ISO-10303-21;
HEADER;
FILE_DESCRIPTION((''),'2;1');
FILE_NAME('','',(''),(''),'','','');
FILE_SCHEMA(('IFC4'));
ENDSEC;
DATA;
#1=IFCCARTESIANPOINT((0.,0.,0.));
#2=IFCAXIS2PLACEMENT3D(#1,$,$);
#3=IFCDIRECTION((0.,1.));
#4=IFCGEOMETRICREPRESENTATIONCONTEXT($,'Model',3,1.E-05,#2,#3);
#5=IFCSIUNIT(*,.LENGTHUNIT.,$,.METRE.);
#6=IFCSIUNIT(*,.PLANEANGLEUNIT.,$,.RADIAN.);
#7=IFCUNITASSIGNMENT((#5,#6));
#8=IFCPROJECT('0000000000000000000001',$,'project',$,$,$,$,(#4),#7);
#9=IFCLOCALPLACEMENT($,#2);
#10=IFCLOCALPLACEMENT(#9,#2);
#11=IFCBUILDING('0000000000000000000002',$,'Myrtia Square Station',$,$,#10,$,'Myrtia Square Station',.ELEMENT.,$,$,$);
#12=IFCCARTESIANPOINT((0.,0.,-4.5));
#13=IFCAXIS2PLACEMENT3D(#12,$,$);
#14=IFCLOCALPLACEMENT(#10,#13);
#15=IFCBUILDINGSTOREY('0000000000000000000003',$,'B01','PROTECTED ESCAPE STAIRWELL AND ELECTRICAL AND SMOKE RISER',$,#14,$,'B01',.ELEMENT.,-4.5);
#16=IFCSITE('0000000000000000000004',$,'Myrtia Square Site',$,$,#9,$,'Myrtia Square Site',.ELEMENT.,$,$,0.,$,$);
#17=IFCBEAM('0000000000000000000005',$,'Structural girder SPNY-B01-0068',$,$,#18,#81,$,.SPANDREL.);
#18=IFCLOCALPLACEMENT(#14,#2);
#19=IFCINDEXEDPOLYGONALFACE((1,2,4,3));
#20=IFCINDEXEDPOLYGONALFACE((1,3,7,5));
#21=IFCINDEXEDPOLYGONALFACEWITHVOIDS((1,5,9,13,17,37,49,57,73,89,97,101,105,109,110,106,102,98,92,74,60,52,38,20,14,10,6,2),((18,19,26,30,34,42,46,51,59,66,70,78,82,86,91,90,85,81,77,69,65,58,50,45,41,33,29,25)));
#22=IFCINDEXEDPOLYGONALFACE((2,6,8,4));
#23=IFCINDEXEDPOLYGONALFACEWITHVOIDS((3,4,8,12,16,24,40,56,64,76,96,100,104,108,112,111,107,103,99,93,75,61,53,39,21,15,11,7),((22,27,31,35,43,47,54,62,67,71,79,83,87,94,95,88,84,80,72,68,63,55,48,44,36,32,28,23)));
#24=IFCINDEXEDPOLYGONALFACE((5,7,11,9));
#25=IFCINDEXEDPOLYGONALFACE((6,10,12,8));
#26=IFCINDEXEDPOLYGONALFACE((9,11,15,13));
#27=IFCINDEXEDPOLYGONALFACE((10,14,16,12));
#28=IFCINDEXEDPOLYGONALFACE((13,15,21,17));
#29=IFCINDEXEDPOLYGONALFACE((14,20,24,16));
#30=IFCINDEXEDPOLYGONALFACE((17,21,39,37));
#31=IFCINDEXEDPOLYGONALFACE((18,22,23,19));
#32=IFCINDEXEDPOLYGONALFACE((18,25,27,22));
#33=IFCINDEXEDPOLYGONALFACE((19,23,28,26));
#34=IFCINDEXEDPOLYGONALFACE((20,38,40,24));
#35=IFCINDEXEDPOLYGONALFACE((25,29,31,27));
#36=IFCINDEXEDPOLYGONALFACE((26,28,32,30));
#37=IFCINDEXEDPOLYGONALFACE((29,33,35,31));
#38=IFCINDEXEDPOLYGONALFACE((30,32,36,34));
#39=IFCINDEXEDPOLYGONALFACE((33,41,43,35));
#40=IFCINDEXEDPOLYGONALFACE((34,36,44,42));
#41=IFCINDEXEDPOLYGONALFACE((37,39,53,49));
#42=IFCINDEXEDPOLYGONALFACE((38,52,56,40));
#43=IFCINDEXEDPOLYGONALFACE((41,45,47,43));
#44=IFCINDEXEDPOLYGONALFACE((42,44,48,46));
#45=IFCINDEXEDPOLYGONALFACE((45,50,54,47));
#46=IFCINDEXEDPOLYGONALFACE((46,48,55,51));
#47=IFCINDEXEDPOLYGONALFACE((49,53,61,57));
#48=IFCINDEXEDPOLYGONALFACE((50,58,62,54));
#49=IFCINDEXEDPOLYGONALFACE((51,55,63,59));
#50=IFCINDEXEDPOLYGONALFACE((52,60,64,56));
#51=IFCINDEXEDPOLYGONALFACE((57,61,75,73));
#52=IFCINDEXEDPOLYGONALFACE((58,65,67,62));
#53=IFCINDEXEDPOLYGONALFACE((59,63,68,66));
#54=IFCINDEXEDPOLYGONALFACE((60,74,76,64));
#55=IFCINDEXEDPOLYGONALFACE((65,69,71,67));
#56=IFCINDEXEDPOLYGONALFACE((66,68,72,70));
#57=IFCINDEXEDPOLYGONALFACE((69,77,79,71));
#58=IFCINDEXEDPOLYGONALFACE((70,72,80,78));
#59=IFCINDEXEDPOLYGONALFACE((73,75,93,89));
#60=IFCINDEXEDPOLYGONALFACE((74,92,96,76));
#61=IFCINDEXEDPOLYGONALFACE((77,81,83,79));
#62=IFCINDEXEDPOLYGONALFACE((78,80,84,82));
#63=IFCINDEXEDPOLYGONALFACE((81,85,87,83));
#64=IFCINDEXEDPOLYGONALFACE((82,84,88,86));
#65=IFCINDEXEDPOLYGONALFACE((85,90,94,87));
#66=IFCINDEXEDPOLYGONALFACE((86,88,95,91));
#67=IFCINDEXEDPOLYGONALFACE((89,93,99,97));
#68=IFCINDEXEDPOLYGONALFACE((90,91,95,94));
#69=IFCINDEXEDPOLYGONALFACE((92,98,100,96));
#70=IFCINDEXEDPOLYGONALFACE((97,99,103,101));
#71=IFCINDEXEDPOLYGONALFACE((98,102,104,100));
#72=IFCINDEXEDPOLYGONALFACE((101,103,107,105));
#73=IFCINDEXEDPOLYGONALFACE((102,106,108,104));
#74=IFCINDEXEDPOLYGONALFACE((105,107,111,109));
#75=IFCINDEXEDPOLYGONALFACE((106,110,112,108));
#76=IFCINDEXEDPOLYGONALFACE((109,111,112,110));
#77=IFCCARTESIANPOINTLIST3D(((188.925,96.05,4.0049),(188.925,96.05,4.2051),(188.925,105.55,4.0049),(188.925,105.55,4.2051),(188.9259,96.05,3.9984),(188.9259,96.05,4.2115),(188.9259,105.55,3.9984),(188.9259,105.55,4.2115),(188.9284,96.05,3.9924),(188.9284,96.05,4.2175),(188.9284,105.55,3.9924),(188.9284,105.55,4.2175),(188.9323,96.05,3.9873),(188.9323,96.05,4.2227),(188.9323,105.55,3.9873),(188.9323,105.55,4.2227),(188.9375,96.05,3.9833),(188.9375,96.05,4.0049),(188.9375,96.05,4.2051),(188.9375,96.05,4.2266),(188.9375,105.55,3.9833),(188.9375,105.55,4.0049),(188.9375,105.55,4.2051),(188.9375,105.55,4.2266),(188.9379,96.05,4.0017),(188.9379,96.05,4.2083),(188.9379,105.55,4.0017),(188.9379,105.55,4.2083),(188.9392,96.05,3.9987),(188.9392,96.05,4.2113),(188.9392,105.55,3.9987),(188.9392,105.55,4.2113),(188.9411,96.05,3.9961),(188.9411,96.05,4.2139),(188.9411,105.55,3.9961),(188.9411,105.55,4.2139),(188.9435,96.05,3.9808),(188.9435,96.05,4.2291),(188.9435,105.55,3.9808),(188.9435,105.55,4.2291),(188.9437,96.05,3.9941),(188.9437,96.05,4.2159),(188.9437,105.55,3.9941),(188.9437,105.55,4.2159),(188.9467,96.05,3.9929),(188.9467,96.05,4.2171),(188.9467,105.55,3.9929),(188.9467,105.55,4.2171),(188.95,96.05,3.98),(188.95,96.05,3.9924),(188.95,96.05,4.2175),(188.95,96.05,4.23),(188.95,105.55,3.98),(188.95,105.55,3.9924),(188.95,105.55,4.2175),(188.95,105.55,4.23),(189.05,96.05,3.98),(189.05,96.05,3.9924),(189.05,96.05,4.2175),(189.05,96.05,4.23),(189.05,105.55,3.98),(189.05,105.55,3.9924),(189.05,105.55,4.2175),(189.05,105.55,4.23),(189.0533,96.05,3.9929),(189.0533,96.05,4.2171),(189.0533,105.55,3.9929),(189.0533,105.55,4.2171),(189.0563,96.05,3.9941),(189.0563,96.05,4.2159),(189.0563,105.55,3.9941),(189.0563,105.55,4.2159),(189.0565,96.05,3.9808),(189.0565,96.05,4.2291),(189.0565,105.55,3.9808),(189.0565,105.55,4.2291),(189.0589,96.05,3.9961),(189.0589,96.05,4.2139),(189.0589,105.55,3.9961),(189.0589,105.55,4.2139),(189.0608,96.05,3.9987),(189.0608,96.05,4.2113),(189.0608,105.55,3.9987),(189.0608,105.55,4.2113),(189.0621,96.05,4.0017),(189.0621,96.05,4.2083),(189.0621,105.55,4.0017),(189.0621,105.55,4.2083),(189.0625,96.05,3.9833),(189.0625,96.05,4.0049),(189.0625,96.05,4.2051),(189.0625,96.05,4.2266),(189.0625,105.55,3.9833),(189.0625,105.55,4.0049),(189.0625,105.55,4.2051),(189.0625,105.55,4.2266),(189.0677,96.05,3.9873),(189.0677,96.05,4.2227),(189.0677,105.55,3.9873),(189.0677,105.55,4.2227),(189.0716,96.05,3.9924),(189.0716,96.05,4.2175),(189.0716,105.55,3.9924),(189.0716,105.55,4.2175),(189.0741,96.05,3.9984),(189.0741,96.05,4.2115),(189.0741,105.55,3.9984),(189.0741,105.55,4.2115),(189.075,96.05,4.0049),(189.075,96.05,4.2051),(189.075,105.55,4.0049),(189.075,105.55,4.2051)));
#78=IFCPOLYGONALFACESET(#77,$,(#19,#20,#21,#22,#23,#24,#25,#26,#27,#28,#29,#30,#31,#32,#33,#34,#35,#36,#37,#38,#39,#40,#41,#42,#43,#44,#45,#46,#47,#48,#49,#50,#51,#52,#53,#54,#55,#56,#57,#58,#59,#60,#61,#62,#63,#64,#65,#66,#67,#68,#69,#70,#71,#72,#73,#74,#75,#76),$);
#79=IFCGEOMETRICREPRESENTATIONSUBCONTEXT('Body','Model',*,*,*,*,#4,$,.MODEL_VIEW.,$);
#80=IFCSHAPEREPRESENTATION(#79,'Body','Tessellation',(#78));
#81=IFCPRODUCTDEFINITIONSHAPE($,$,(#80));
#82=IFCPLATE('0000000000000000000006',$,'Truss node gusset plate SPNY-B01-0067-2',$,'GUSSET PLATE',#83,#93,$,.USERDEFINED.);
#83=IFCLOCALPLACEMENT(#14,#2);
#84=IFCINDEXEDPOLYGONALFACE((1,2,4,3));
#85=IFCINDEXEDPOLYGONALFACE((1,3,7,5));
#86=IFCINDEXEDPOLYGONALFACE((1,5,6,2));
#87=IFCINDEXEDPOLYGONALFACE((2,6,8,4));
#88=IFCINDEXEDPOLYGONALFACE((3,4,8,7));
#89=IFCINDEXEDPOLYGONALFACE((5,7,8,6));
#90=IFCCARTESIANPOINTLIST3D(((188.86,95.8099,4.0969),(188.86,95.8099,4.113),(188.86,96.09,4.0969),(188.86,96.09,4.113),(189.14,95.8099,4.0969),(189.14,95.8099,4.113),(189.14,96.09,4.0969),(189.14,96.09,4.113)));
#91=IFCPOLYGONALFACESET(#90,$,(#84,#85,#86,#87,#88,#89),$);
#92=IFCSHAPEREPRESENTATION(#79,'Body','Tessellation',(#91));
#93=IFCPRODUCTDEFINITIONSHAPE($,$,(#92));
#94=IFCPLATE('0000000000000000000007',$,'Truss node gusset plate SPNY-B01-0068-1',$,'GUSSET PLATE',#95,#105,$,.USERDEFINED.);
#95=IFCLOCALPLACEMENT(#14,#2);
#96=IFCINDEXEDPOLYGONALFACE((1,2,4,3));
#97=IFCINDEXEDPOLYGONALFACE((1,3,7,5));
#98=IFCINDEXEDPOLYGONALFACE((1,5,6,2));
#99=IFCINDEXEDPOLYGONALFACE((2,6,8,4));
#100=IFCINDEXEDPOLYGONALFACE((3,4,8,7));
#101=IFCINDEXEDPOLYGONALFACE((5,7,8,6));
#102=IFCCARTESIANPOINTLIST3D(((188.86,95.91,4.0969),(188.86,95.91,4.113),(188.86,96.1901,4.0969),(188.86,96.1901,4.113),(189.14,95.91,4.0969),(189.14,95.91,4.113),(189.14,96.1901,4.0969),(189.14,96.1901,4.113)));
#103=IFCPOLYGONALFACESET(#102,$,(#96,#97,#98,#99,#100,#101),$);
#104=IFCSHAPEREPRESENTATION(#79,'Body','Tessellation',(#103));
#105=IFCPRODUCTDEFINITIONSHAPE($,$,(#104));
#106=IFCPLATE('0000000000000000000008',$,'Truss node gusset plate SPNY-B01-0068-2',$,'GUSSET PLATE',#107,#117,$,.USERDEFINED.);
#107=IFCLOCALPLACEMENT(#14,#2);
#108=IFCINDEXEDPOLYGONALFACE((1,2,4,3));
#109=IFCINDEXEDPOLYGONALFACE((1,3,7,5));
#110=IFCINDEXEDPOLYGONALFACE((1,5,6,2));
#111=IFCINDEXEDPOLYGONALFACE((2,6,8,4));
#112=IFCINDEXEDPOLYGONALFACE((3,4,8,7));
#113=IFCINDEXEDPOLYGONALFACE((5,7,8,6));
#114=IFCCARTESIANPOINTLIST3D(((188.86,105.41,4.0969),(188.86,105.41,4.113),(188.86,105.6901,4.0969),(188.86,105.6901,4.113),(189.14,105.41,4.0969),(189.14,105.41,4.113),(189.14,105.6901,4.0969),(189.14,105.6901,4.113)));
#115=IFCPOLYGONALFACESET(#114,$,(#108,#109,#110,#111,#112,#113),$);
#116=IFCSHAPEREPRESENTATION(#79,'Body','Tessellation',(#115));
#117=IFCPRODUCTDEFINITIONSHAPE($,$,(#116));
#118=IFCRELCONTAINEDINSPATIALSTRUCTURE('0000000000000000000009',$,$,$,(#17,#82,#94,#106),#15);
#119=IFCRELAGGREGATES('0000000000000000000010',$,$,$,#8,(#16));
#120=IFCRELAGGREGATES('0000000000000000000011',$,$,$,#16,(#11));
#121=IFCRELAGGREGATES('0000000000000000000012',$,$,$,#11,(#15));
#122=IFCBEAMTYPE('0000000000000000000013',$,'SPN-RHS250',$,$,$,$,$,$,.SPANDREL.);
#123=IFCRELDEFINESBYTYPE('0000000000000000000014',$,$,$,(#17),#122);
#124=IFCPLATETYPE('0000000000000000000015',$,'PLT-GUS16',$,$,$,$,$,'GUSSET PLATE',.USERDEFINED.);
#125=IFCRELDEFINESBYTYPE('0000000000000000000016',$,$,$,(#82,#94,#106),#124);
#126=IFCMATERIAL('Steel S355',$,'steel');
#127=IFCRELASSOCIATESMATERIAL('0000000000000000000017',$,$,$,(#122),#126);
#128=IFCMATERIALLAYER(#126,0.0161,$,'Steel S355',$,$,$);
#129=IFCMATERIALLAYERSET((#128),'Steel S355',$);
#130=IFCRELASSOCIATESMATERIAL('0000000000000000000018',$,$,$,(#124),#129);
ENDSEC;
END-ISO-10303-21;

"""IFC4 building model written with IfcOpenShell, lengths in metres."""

from ifc_helpers import new_model, si_unit, direction, frame, origin, origin_2d, place, context, subcontext, project, spatial, rectangle, hollow_rectangle, extrude, material, layer, layer_set, material_profile, profile_set, type_object, element, save


model = new_model("IFC4")

# Units and contexts
model_context = context("Model", 3, precision=1e-05, world=origin(), true_north=direction((0.0, 1.0)))
body_context = subcontext(model_context, "Body", "Model", "MODEL_VIEW")
ifc_project = project(units=[si_unit("LENGTHUNIT", "METRE"), si_unit("PLANEANGLEUNIT", "RADIAN")], contexts=[model_context])

# Site, building, storey
site_placement = place(None, origin())
site = spatial("IfcSite", under=ifc_project, at=site_placement, Name="Myrtia Square Site", LongName="Myrtia Square Site", CompositionType="ELEMENT", RefElevation=0.0)
building_placement = place(site_placement, origin())
building = spatial("IfcBuilding", under=site, at=building_placement, Name="Myrtia Square Station", LongName="Myrtia Square Station", CompositionType="ELEMENT")
storey_placement = place(building_placement, frame((0.0, 0.0, -4.5)))
storey = spatial("IfcBuildingStorey", under=building, at=storey_placement, Name="B01", Description="PROTECTED ESCAPE STAIRWELL AND ELECTRICAL AND SMOKE RISER", LongName="B01", CompositionType="ELEMENT", Elevation=-4.5)

# Shared definitions
ifc_material_1 = material(Name="Steel S355", Category="steel")

# Beam
ifc_material_profile_1 = material_profile(ifc_material_1, hollow_rectangle(XDim=0.1499, YDim=0.25, WallThickness=0.0125, InnerFilletRadius=0.0125, OuterFilletRadius=0.0249, at=origin_2d()), Name="RHS 250x150x12.5")
ifc_profile_set_1 = profile_set([ifc_material_profile_1], Name="Steel S355")
beam_type_1 = type_object("IfcBeamType", Name="SPN-RHS250", PredefinedType="SPANDREL", material=ifc_profile_set_1)
beam_1_placement = place(storey_placement, frame((189.0, 96.05, 4.105), z_axis=(0.0, 1.0, 0.0), x_axis=(-1.0, 0.0, 0.0)))
element("IfcBeam", 1, at=beam_1_placement, inside=storey, type_object=beam_type_1, Name="Structural girder SPNY-B01-0068", PredefinedType="SPANDREL", context=body_context, shape_type="SweptSolid", body=[
    extrude(hollow_rectangle(XDim=0.1499, YDim=0.25, WallThickness=0.0125, InnerFilletRadius=0.0125, OuterFilletRadius=0.0249, at=origin_2d()), origin(), (0.0, 0.0, 1.0), 9.5),
])

# Plates
ifc_layer = layer(ifc_material_1, 0.0161, Name="Steel S355")
ifc_layer_set = layer_set([ifc_layer], Name="Steel S355")
plate_type = type_object("IfcPlateType", Name="PLT-GUS16", ElementType="GUSSET PLATE", PredefinedType="USERDEFINED", material=ifc_layer_set)
for number, where, z_axis, x_axis, name in (
    (2, (189.0, 95.95, 4.0969), (0.0, 0.0, 1.0), (0.0, 1.0, 0.0), "Truss node gusset plate SPNY-B01-0067-2"),
    (3, (189.0, 96.05, 4.0969), (0.0, 0.0, 1.0), (0.0, 1.0, 0.0), "Truss node gusset plate SPNY-B01-0068-1"),
    (4, (189.0, 105.55, 4.0969), (0.0, 0.0, 1.0), (0.0, 1.0, 0.0), "Truss node gusset plate SPNY-B01-0068-2"),
):
    element("IfcPlate", number, at=place(storey_placement, frame(where, z_axis=z_axis, x_axis=x_axis)), inside=storey, type_object=plate_type, Name=name, ObjectType="GUSSET PLATE", PredefinedType="USERDEFINED", context=body_context, shape_type="SweptSolid", body=[
        extrude(rectangle(XDim=0.28, YDim=0.28, at=origin_2d()), origin(), (0.0, 0.0, 1.0), 0.0161),
    ])

save(model, "model.ifc")
